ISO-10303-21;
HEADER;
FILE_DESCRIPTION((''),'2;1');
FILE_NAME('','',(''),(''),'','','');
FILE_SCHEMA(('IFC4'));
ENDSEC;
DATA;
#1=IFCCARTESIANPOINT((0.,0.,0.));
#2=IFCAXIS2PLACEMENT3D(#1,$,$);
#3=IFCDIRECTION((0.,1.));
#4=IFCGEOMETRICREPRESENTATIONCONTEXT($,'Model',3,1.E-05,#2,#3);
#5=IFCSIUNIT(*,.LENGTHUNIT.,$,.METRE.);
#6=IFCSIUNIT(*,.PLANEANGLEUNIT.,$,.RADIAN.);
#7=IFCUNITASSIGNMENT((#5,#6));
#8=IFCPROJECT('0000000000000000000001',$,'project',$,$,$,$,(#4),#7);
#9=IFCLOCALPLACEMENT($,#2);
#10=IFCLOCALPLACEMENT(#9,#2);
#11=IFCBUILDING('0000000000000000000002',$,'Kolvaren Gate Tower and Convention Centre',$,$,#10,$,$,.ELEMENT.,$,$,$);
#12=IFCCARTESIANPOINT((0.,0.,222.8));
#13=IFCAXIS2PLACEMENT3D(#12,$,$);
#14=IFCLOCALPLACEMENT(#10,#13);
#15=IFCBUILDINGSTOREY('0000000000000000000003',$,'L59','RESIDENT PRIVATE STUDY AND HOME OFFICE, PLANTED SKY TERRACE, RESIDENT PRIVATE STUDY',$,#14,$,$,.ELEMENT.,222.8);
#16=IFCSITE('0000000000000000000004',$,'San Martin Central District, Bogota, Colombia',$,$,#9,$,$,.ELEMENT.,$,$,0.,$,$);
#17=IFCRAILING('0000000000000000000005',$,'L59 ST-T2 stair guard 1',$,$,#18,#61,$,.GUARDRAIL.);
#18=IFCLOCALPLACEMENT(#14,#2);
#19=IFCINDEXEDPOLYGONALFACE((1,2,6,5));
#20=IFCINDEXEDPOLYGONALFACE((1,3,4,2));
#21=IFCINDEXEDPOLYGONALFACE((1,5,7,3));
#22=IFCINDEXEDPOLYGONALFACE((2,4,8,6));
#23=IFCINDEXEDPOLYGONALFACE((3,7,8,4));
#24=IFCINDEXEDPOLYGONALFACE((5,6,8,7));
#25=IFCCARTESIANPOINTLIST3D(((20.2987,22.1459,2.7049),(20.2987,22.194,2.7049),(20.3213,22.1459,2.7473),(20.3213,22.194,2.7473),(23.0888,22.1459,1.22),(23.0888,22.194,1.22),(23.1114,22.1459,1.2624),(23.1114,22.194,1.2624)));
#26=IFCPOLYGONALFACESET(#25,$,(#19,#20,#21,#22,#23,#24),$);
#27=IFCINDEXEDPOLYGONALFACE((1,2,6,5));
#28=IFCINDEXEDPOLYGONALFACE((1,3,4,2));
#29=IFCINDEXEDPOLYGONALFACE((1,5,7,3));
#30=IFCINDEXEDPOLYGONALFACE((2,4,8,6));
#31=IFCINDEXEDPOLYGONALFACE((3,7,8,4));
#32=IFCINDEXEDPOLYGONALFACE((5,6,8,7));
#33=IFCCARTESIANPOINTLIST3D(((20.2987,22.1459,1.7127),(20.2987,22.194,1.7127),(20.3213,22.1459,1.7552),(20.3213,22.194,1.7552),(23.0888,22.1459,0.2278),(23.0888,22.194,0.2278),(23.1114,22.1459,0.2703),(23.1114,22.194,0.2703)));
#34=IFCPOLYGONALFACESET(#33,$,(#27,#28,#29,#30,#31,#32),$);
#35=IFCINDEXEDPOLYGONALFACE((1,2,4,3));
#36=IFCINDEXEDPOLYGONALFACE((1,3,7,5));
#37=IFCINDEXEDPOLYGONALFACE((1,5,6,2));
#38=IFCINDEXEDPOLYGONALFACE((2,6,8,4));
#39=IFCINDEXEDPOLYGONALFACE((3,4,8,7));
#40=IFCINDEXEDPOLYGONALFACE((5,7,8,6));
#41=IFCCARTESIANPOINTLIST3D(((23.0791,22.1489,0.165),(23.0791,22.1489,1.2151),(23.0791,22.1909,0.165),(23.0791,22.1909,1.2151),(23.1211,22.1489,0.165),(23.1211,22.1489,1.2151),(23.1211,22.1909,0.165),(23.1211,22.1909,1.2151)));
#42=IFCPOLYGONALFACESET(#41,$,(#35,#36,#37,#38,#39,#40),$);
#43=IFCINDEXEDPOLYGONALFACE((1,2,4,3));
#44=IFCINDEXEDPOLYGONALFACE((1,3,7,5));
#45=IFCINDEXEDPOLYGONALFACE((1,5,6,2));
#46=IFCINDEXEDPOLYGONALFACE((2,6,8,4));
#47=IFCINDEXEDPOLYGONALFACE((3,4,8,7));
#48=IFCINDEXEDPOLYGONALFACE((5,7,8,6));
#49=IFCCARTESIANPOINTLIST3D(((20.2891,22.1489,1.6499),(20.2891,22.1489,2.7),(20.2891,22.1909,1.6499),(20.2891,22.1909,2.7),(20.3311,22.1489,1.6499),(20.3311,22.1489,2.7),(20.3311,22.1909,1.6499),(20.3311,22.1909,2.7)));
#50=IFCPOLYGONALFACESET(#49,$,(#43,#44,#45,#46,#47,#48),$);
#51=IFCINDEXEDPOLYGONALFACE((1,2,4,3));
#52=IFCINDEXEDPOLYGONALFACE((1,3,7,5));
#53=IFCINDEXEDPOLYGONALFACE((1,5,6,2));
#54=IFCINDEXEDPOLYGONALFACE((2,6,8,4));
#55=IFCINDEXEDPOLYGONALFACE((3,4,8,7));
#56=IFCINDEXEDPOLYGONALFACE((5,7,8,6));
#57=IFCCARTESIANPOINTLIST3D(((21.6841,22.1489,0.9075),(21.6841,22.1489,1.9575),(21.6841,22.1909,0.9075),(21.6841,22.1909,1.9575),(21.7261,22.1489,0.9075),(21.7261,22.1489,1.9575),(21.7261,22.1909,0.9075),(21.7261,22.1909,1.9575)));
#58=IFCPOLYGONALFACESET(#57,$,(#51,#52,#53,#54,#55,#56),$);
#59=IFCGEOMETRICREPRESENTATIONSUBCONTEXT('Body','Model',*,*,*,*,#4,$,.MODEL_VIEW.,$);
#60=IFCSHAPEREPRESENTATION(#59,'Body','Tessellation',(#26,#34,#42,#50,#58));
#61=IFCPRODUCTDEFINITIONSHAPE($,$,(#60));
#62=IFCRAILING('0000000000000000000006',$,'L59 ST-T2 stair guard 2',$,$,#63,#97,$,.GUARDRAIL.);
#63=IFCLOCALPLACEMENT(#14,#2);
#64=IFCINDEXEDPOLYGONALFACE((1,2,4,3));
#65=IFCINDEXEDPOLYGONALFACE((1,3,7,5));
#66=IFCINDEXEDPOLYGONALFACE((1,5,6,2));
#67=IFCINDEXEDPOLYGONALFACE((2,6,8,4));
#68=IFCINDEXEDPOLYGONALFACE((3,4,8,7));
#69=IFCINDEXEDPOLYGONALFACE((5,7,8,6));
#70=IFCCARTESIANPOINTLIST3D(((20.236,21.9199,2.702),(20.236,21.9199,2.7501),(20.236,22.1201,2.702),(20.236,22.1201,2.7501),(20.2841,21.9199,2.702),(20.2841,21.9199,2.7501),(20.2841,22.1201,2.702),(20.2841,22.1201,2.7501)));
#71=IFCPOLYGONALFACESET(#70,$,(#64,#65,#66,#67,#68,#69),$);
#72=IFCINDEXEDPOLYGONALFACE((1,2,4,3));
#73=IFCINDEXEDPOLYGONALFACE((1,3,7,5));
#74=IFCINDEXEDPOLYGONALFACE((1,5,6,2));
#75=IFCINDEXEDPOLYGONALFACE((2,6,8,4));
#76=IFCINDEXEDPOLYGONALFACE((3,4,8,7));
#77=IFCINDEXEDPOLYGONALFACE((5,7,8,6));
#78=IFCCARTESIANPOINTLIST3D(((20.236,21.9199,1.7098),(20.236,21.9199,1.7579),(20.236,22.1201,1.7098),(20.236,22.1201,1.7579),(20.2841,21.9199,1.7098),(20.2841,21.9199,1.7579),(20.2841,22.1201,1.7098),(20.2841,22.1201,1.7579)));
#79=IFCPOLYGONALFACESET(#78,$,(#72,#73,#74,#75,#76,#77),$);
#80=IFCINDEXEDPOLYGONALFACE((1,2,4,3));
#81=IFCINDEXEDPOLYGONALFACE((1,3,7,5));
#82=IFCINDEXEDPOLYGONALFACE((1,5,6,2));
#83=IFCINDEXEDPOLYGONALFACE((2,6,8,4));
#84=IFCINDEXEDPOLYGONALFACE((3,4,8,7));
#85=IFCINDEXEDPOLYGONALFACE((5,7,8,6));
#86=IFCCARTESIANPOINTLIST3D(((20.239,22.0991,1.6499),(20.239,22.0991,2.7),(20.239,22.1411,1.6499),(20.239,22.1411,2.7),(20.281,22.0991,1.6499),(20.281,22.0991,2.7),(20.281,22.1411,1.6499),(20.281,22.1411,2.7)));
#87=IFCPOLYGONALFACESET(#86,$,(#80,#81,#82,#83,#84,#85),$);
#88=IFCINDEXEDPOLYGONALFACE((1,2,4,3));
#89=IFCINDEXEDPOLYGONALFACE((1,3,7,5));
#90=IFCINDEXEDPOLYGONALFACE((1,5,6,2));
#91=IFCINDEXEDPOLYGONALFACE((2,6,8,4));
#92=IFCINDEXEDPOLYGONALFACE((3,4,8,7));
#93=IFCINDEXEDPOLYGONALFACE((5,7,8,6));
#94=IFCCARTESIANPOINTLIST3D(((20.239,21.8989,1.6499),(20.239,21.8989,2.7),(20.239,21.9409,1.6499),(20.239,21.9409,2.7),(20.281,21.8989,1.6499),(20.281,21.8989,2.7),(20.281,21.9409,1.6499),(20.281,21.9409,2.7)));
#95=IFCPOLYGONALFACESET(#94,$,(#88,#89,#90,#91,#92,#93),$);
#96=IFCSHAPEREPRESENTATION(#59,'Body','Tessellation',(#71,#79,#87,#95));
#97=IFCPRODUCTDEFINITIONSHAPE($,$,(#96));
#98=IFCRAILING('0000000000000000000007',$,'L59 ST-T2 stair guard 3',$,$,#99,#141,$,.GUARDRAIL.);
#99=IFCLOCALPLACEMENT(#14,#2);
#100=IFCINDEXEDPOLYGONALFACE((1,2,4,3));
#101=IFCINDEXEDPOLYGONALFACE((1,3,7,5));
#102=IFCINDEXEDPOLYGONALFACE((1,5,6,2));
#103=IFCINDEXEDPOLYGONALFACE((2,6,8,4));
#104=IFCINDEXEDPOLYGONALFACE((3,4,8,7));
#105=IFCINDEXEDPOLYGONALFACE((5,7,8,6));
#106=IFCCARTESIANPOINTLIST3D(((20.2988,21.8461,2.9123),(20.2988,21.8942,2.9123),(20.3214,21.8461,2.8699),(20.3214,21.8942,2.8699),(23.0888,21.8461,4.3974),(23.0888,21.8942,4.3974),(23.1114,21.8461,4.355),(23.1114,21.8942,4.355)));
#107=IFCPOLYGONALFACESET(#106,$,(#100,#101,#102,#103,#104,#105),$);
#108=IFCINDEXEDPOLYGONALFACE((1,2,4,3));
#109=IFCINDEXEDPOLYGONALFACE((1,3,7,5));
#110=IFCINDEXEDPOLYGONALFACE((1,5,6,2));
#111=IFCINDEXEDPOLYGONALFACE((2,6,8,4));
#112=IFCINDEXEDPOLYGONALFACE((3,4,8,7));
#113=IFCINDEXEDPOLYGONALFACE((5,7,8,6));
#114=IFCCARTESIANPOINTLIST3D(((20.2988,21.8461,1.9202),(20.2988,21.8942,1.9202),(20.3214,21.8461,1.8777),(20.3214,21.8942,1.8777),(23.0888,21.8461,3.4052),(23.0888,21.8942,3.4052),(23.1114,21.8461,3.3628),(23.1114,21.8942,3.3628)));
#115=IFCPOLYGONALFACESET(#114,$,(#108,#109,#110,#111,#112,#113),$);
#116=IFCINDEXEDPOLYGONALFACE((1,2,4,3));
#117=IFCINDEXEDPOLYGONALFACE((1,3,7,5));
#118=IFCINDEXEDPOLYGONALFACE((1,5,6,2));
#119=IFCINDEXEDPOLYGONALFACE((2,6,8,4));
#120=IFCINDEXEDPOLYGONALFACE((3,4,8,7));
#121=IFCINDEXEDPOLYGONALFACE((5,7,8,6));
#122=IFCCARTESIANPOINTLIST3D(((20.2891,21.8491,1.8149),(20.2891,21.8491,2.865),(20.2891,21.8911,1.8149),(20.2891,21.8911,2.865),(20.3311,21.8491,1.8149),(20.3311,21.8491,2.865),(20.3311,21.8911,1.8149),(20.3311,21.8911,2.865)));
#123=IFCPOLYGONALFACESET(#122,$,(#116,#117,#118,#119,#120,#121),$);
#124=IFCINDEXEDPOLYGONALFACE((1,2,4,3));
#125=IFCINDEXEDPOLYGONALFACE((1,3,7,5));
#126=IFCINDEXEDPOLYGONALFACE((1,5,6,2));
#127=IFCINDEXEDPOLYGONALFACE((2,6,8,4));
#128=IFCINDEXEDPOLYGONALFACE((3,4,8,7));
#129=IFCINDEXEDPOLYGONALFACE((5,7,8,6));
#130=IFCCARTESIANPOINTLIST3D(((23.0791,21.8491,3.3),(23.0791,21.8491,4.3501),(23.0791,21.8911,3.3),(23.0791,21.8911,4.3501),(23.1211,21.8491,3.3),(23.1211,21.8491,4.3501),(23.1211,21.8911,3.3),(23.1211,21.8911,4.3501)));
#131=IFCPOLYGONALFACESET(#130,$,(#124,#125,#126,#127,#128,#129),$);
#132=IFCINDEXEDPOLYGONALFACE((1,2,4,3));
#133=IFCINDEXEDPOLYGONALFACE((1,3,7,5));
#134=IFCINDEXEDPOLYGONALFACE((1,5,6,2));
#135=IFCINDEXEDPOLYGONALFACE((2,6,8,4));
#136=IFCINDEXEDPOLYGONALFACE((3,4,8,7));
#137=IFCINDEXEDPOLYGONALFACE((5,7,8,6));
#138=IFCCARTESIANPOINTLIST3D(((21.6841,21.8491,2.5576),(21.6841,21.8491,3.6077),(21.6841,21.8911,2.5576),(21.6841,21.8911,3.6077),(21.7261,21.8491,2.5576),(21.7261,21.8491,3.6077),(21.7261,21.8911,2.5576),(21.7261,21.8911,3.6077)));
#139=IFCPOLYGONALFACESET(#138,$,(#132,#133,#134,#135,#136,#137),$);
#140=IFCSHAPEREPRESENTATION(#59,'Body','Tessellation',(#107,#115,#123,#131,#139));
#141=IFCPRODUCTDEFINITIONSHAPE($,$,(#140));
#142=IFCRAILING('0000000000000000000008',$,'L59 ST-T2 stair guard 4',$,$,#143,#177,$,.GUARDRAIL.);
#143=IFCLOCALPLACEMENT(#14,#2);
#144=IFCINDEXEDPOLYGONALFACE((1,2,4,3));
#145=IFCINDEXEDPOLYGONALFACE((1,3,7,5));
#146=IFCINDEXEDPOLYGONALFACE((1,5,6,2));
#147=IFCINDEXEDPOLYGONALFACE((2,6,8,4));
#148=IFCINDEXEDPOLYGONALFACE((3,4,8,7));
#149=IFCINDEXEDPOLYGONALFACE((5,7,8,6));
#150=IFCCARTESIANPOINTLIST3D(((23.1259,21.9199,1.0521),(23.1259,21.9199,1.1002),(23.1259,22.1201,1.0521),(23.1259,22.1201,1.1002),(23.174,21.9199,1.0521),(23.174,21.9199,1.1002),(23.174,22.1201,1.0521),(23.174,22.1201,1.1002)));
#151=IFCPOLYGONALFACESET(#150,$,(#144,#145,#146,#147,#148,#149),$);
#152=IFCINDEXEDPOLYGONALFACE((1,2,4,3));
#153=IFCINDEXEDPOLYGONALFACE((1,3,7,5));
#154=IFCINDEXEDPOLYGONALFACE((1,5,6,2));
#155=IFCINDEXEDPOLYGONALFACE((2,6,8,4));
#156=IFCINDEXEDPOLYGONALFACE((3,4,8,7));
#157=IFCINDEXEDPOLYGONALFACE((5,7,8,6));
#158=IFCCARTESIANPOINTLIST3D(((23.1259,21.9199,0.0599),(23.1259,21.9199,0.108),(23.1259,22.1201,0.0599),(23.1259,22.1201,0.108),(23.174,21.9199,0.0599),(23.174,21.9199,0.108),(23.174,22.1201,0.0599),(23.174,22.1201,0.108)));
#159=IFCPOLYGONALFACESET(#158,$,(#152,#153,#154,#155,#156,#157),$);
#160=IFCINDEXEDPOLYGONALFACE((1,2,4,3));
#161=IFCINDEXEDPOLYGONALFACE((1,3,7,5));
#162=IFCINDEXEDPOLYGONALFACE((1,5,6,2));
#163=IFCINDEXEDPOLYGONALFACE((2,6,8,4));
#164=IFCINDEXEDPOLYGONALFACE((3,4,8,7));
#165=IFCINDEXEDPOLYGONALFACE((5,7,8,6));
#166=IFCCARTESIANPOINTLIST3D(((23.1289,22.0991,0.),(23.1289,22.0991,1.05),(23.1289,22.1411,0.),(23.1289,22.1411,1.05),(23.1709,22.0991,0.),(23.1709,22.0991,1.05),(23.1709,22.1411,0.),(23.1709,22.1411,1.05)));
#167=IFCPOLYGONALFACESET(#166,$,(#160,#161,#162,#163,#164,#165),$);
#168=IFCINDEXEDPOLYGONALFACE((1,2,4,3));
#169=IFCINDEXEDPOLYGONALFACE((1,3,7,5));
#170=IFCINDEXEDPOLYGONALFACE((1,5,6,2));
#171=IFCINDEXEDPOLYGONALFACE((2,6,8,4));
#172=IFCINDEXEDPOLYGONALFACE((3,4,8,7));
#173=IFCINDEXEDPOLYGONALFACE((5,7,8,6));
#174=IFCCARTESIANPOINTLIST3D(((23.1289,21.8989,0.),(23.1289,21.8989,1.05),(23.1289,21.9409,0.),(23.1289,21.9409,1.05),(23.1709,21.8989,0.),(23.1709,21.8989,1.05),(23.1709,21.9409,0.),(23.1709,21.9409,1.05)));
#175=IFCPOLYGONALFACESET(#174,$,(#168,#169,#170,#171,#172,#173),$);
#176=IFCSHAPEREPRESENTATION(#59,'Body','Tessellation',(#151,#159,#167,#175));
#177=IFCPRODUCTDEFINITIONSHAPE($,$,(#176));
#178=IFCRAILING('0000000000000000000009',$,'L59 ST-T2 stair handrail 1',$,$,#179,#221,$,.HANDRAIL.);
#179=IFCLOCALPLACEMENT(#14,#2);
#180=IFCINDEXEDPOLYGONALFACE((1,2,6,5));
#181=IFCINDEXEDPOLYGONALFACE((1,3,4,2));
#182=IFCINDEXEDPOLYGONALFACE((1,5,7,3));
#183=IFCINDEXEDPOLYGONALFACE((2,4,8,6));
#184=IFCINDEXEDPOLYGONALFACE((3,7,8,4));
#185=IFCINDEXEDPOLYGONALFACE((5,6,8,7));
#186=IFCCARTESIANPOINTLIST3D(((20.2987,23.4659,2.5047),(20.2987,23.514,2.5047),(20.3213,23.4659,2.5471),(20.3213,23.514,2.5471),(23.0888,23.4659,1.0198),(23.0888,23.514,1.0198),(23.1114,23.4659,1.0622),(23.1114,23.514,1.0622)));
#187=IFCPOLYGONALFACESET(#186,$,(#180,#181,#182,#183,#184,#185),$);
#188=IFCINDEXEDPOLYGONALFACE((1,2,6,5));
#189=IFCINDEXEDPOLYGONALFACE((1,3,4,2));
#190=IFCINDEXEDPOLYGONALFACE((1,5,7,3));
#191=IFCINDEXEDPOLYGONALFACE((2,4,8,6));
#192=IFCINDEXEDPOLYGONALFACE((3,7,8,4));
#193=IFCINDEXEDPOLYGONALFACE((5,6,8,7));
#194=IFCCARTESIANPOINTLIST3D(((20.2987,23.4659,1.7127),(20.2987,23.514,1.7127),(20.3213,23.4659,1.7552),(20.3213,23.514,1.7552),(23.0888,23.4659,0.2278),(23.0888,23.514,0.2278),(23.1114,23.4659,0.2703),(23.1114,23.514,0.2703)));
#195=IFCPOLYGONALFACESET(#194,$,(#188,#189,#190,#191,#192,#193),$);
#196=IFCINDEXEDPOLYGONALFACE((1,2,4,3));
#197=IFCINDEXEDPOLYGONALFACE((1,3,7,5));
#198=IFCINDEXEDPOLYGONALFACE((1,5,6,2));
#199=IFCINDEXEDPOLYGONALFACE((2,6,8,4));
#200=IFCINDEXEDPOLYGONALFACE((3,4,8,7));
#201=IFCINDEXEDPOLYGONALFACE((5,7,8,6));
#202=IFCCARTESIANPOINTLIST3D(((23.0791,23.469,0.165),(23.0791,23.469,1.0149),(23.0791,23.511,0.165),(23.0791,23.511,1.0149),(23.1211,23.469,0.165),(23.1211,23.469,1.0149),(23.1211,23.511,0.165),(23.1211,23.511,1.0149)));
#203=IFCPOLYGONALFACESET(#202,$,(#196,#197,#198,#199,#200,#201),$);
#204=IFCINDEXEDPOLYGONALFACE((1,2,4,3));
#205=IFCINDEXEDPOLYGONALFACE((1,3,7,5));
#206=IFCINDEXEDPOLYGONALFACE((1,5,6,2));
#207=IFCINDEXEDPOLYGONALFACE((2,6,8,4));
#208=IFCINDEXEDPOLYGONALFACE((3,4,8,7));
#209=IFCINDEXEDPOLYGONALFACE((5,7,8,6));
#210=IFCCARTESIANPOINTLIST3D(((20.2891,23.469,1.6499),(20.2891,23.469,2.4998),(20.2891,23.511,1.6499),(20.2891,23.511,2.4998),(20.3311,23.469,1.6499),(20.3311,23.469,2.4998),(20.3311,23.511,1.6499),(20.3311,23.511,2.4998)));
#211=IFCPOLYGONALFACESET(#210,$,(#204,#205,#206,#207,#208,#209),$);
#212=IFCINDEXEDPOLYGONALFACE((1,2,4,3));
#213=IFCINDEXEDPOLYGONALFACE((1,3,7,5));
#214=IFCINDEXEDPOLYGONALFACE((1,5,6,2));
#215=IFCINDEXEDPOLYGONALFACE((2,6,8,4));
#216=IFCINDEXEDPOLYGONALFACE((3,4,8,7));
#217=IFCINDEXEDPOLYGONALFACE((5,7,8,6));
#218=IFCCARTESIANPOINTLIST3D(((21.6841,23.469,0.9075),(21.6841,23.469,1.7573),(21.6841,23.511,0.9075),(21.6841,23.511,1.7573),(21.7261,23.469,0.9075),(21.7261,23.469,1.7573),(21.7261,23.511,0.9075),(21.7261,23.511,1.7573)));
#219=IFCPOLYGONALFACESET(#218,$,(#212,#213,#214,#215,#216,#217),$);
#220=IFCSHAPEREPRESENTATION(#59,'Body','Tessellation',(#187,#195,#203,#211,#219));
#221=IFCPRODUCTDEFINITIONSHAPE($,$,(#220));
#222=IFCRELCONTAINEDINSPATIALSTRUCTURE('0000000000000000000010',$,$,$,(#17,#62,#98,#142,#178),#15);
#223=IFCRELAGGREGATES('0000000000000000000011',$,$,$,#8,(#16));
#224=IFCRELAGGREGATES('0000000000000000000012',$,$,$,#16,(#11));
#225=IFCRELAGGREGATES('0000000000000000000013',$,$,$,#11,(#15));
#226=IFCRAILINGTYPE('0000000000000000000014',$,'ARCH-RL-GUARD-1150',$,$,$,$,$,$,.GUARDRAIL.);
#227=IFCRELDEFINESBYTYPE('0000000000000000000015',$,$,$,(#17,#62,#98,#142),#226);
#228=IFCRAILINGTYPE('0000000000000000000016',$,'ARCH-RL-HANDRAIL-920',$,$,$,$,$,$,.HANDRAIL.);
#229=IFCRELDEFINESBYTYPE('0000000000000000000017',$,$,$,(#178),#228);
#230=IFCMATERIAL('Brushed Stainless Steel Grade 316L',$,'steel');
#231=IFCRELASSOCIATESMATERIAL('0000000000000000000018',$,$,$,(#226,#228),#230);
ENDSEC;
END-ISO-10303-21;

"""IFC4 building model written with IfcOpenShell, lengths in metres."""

from ifc_helpers import new_model, si_unit, direction, frame, origin, origin_2d, place, context, subcontext, project, spatial, rectangle, extrude, material, type_object, element, save


model = new_model("IFC4")

# Units and contexts
model_context = context("Model", 3, precision=1e-05, world=origin(), true_north=direction((0.0, 1.0)))
body_context = subcontext(model_context, "Body", "Model", "MODEL_VIEW")
ifc_project = project(units=[si_unit("LENGTHUNIT", "METRE"), si_unit("PLANEANGLEUNIT", "RADIAN")], contexts=[model_context])

# Site, building, storey
site_placement = place(None, origin())
site = spatial("IfcSite", under=ifc_project, at=site_placement, Name="San Martin Central District, Bogota, Colombia", CompositionType="ELEMENT", RefElevation=0.0)
building_placement = place(site_placement, origin())
building = spatial("IfcBuilding", under=site, at=building_placement, Name="Kolvaren Gate Tower and Convention Centre", CompositionType="ELEMENT")
storey_placement = place(building_placement, frame((0.0, 0.0, 222.8)))
storey = spatial("IfcBuildingStorey", under=building, at=storey_placement, Name="L59", Description="RESIDENT PRIVATE STUDY AND HOME OFFICE, PLANTED SKY TERRACE, RESIDENT PRIVATE STUDY", CompositionType="ELEMENT", Elevation=222.8)

# Shared definitions
ifc_material_1 = material(Name="Brushed Stainless Steel Grade 316L", Category="steel")

# Railings
railing_type_1 = type_object("IfcRailingType", Name="ARCH-RL-GUARD-1150", PredefinedType="GUARDRAIL", material=ifc_material_1)
railing_1_placement = place(storey_placement, frame((23.1001, 22.1699, 0.165)))
element("IfcRailing", 1, at=railing_1_placement, inside=storey, type_object=railing_type_1, Name="L59 ST-T2 stair guard 1", PredefinedType="GUARDRAIL", context=body_context, shape_type="SweptSolid", body=[
    extrude(rectangle(XDim=0.0481, YDim=0.0481, at=origin_2d()), frame((0.0, 0.0, 1.0762), z_axis=(-0.882767, 0.0, 0.46981), x_axis=(0.0, -1.0, 0.0)), (0.0, 0.0, 1.0), 3.1606),
    extrude(rectangle(XDim=0.0481, YDim=0.0481, at=origin_2d()), frame((0.0, 0.0, 0.084), z_axis=(-0.882767, 0.0, 0.46981), x_axis=(0.0, -1.0, 0.0)), (0.0, 0.0, 1.0), 3.1606),
    extrude(rectangle(XDim=0.042, YDim=0.042, at=origin_2d()), origin(), (0.0, 0.0, 1.0), 1.05),
    extrude(rectangle(XDim=0.042, YDim=0.042, at=origin_2d()), frame((-2.79, 0.0, 1.4849)), (0.0, 0.0, 1.0), 1.05),
    extrude(rectangle(XDim=0.042, YDim=0.042, at=origin_2d()), frame((-1.395, 0.0, 0.7424)), (0.0, 0.0, 1.0), 1.05),
])
railing_2_placement = place(storey_placement, frame((20.26, 22.1201, 1.6499)))
element("IfcRailing", 2, at=railing_2_placement, inside=storey, type_object=railing_type_1, Name="L59 ST-T2 stair guard 2", PredefinedType="GUARDRAIL", context=body_context, shape_type="SweptSolid", body=[
    extrude(rectangle(XDim=0.0481, YDim=0.0481, at=origin_2d()), frame((0.0, 0.0, 1.0762), z_axis=(0.0, -1.0, 0.0), x_axis=(1.0, 0.0, 0.0)), (0.0, 0.0, 1.0), 0.2002),
    extrude(rectangle(XDim=0.0481, YDim=0.0481, at=origin_2d()), frame((0.0, 0.0, 0.084), z_axis=(0.0, -1.0, 0.0), x_axis=(1.0, 0.0, 0.0)), (0.0, 0.0, 1.0), 0.2002),
    extrude(rectangle(XDim=0.042, YDim=0.042, at=origin_2d()), origin(), (0.0, 0.0, 1.0), 1.05),
    extrude(rectangle(XDim=0.042, YDim=0.042, at=origin_2d()), frame((0.0, -0.2002, 0.0)), (0.0, 0.0, 1.0), 1.05),
])
railing_3_placement = place(storey_placement, frame((20.3101, 21.8701, 1.8149)))
element("IfcRailing", 3, at=railing_3_placement, inside=storey, type_object=railing_type_1, Name="L59 ST-T2 stair guard 3", PredefinedType="GUARDRAIL", context=body_context, shape_type="SweptSolid", body=[
    extrude(rectangle(XDim=0.0481, YDim=0.0481, at=origin_2d()), frame((0.0, 0.0, 1.0762), z_axis=(0.882735, 0.0, 0.46987), x_axis=(0.0, 1.0, 0.0)), (0.0, 0.0, 1.0), 3.1606),
    extrude(rectangle(XDim=0.0481, YDim=0.0481, at=origin_2d()), frame((0.0, 0.0, 0.084), z_axis=(0.882735, 0.0, 0.46987), x_axis=(0.0, 1.0, 0.0)), (0.0, 0.0, 1.0), 3.1606),
    extrude(rectangle(XDim=0.042, YDim=0.042, at=origin_2d()), origin(), (0.0, 0.0, 1.0), 1.05),
    extrude(rectangle(XDim=0.042, YDim=0.042, at=origin_2d()), frame((2.79, 0.0, 1.4851)), (0.0, 0.0, 1.0), 1.05),
    extrude(rectangle(XDim=0.042, YDim=0.042, at=origin_2d()), frame((1.395, 0.0, 0.7427)), (0.0, 0.0, 1.0), 1.05),
])
railing_4_placement = place(storey_placement, frame((23.1499, 22.1201, 0.0)))
element("IfcRailing", 4, at=railing_4_placement, inside=storey, type_object=railing_type_1, Name="L59 ST-T2 stair guard 4", PredefinedType="GUARDRAIL", context=body_context, shape_type="SweptSolid", body=[
    extrude(rectangle(XDim=0.0481, YDim=0.0481, at=origin_2d()), frame((0.0, 0.0, 1.0762), z_axis=(0.0, -1.0, 0.0), x_axis=(1.0, 0.0, 0.0)), (0.0, 0.0, 1.0), 0.2002),
    extrude(rectangle(XDim=0.0481, YDim=0.0481, at=origin_2d()), frame((0.0, 0.0, 0.084), z_axis=(0.0, -1.0, 0.0), x_axis=(1.0, 0.0, 0.0)), (0.0, 0.0, 1.0), 0.2002),
    extrude(rectangle(XDim=0.042, YDim=0.042, at=origin_2d()), origin(), (0.0, 0.0, 1.0), 1.05),
    extrude(rectangle(XDim=0.042, YDim=0.042, at=origin_2d()), frame((0.0, -0.2002, 0.0)), (0.0, 0.0, 1.0), 1.05),
])
railing_type_2 = type_object("IfcRailingType", Name="ARCH-RL-HANDRAIL-920", PredefinedType="HANDRAIL", material=ifc_material_1)
railing_5_placement = place(storey_placement, frame((23.1001, 23.49, 0.165)))
element("IfcRailing", 5, at=railing_5_placement, inside=storey, type_object=railing_type_2, Name="L59 ST-T2 stair handrail 1", PredefinedType="HANDRAIL", context=body_context, shape_type="SweptSolid", body=[
    extrude(rectangle(XDim=0.0481, YDim=0.0481, at=origin_2d()), frame((0.0, 0.0, 0.876), z_axis=(-0.882767, 0.0, 0.46981), x_axis=(0.0, -1.0, 0.0)), (0.0, 0.0, 1.0), 3.1606),
    extrude(rectangle(XDim=0.0481, YDim=0.0481, at=origin_2d()), frame((0.0, 0.0, 0.084), z_axis=(-0.882767, 0.0, 0.46981), x_axis=(0.0, -1.0, 0.0)), (0.0, 0.0, 1.0), 3.1606),
    extrude(rectangle(XDim=0.042, YDim=0.042, at=origin_2d()), origin(), (0.0, 0.0, 1.0), 0.8499),
    extrude(rectangle(XDim=0.042, YDim=0.042, at=origin_2d()), frame((-2.79, 0.0, 1.4849)), (0.0, 0.0, 1.0), 0.8499),
    extrude(rectangle(XDim=0.042, YDim=0.042, at=origin_2d()), frame((-1.395, 0.0, 0.7424)), (0.0, 0.0, 1.0), 0.8499),
])

save(model, "model.ifc")
